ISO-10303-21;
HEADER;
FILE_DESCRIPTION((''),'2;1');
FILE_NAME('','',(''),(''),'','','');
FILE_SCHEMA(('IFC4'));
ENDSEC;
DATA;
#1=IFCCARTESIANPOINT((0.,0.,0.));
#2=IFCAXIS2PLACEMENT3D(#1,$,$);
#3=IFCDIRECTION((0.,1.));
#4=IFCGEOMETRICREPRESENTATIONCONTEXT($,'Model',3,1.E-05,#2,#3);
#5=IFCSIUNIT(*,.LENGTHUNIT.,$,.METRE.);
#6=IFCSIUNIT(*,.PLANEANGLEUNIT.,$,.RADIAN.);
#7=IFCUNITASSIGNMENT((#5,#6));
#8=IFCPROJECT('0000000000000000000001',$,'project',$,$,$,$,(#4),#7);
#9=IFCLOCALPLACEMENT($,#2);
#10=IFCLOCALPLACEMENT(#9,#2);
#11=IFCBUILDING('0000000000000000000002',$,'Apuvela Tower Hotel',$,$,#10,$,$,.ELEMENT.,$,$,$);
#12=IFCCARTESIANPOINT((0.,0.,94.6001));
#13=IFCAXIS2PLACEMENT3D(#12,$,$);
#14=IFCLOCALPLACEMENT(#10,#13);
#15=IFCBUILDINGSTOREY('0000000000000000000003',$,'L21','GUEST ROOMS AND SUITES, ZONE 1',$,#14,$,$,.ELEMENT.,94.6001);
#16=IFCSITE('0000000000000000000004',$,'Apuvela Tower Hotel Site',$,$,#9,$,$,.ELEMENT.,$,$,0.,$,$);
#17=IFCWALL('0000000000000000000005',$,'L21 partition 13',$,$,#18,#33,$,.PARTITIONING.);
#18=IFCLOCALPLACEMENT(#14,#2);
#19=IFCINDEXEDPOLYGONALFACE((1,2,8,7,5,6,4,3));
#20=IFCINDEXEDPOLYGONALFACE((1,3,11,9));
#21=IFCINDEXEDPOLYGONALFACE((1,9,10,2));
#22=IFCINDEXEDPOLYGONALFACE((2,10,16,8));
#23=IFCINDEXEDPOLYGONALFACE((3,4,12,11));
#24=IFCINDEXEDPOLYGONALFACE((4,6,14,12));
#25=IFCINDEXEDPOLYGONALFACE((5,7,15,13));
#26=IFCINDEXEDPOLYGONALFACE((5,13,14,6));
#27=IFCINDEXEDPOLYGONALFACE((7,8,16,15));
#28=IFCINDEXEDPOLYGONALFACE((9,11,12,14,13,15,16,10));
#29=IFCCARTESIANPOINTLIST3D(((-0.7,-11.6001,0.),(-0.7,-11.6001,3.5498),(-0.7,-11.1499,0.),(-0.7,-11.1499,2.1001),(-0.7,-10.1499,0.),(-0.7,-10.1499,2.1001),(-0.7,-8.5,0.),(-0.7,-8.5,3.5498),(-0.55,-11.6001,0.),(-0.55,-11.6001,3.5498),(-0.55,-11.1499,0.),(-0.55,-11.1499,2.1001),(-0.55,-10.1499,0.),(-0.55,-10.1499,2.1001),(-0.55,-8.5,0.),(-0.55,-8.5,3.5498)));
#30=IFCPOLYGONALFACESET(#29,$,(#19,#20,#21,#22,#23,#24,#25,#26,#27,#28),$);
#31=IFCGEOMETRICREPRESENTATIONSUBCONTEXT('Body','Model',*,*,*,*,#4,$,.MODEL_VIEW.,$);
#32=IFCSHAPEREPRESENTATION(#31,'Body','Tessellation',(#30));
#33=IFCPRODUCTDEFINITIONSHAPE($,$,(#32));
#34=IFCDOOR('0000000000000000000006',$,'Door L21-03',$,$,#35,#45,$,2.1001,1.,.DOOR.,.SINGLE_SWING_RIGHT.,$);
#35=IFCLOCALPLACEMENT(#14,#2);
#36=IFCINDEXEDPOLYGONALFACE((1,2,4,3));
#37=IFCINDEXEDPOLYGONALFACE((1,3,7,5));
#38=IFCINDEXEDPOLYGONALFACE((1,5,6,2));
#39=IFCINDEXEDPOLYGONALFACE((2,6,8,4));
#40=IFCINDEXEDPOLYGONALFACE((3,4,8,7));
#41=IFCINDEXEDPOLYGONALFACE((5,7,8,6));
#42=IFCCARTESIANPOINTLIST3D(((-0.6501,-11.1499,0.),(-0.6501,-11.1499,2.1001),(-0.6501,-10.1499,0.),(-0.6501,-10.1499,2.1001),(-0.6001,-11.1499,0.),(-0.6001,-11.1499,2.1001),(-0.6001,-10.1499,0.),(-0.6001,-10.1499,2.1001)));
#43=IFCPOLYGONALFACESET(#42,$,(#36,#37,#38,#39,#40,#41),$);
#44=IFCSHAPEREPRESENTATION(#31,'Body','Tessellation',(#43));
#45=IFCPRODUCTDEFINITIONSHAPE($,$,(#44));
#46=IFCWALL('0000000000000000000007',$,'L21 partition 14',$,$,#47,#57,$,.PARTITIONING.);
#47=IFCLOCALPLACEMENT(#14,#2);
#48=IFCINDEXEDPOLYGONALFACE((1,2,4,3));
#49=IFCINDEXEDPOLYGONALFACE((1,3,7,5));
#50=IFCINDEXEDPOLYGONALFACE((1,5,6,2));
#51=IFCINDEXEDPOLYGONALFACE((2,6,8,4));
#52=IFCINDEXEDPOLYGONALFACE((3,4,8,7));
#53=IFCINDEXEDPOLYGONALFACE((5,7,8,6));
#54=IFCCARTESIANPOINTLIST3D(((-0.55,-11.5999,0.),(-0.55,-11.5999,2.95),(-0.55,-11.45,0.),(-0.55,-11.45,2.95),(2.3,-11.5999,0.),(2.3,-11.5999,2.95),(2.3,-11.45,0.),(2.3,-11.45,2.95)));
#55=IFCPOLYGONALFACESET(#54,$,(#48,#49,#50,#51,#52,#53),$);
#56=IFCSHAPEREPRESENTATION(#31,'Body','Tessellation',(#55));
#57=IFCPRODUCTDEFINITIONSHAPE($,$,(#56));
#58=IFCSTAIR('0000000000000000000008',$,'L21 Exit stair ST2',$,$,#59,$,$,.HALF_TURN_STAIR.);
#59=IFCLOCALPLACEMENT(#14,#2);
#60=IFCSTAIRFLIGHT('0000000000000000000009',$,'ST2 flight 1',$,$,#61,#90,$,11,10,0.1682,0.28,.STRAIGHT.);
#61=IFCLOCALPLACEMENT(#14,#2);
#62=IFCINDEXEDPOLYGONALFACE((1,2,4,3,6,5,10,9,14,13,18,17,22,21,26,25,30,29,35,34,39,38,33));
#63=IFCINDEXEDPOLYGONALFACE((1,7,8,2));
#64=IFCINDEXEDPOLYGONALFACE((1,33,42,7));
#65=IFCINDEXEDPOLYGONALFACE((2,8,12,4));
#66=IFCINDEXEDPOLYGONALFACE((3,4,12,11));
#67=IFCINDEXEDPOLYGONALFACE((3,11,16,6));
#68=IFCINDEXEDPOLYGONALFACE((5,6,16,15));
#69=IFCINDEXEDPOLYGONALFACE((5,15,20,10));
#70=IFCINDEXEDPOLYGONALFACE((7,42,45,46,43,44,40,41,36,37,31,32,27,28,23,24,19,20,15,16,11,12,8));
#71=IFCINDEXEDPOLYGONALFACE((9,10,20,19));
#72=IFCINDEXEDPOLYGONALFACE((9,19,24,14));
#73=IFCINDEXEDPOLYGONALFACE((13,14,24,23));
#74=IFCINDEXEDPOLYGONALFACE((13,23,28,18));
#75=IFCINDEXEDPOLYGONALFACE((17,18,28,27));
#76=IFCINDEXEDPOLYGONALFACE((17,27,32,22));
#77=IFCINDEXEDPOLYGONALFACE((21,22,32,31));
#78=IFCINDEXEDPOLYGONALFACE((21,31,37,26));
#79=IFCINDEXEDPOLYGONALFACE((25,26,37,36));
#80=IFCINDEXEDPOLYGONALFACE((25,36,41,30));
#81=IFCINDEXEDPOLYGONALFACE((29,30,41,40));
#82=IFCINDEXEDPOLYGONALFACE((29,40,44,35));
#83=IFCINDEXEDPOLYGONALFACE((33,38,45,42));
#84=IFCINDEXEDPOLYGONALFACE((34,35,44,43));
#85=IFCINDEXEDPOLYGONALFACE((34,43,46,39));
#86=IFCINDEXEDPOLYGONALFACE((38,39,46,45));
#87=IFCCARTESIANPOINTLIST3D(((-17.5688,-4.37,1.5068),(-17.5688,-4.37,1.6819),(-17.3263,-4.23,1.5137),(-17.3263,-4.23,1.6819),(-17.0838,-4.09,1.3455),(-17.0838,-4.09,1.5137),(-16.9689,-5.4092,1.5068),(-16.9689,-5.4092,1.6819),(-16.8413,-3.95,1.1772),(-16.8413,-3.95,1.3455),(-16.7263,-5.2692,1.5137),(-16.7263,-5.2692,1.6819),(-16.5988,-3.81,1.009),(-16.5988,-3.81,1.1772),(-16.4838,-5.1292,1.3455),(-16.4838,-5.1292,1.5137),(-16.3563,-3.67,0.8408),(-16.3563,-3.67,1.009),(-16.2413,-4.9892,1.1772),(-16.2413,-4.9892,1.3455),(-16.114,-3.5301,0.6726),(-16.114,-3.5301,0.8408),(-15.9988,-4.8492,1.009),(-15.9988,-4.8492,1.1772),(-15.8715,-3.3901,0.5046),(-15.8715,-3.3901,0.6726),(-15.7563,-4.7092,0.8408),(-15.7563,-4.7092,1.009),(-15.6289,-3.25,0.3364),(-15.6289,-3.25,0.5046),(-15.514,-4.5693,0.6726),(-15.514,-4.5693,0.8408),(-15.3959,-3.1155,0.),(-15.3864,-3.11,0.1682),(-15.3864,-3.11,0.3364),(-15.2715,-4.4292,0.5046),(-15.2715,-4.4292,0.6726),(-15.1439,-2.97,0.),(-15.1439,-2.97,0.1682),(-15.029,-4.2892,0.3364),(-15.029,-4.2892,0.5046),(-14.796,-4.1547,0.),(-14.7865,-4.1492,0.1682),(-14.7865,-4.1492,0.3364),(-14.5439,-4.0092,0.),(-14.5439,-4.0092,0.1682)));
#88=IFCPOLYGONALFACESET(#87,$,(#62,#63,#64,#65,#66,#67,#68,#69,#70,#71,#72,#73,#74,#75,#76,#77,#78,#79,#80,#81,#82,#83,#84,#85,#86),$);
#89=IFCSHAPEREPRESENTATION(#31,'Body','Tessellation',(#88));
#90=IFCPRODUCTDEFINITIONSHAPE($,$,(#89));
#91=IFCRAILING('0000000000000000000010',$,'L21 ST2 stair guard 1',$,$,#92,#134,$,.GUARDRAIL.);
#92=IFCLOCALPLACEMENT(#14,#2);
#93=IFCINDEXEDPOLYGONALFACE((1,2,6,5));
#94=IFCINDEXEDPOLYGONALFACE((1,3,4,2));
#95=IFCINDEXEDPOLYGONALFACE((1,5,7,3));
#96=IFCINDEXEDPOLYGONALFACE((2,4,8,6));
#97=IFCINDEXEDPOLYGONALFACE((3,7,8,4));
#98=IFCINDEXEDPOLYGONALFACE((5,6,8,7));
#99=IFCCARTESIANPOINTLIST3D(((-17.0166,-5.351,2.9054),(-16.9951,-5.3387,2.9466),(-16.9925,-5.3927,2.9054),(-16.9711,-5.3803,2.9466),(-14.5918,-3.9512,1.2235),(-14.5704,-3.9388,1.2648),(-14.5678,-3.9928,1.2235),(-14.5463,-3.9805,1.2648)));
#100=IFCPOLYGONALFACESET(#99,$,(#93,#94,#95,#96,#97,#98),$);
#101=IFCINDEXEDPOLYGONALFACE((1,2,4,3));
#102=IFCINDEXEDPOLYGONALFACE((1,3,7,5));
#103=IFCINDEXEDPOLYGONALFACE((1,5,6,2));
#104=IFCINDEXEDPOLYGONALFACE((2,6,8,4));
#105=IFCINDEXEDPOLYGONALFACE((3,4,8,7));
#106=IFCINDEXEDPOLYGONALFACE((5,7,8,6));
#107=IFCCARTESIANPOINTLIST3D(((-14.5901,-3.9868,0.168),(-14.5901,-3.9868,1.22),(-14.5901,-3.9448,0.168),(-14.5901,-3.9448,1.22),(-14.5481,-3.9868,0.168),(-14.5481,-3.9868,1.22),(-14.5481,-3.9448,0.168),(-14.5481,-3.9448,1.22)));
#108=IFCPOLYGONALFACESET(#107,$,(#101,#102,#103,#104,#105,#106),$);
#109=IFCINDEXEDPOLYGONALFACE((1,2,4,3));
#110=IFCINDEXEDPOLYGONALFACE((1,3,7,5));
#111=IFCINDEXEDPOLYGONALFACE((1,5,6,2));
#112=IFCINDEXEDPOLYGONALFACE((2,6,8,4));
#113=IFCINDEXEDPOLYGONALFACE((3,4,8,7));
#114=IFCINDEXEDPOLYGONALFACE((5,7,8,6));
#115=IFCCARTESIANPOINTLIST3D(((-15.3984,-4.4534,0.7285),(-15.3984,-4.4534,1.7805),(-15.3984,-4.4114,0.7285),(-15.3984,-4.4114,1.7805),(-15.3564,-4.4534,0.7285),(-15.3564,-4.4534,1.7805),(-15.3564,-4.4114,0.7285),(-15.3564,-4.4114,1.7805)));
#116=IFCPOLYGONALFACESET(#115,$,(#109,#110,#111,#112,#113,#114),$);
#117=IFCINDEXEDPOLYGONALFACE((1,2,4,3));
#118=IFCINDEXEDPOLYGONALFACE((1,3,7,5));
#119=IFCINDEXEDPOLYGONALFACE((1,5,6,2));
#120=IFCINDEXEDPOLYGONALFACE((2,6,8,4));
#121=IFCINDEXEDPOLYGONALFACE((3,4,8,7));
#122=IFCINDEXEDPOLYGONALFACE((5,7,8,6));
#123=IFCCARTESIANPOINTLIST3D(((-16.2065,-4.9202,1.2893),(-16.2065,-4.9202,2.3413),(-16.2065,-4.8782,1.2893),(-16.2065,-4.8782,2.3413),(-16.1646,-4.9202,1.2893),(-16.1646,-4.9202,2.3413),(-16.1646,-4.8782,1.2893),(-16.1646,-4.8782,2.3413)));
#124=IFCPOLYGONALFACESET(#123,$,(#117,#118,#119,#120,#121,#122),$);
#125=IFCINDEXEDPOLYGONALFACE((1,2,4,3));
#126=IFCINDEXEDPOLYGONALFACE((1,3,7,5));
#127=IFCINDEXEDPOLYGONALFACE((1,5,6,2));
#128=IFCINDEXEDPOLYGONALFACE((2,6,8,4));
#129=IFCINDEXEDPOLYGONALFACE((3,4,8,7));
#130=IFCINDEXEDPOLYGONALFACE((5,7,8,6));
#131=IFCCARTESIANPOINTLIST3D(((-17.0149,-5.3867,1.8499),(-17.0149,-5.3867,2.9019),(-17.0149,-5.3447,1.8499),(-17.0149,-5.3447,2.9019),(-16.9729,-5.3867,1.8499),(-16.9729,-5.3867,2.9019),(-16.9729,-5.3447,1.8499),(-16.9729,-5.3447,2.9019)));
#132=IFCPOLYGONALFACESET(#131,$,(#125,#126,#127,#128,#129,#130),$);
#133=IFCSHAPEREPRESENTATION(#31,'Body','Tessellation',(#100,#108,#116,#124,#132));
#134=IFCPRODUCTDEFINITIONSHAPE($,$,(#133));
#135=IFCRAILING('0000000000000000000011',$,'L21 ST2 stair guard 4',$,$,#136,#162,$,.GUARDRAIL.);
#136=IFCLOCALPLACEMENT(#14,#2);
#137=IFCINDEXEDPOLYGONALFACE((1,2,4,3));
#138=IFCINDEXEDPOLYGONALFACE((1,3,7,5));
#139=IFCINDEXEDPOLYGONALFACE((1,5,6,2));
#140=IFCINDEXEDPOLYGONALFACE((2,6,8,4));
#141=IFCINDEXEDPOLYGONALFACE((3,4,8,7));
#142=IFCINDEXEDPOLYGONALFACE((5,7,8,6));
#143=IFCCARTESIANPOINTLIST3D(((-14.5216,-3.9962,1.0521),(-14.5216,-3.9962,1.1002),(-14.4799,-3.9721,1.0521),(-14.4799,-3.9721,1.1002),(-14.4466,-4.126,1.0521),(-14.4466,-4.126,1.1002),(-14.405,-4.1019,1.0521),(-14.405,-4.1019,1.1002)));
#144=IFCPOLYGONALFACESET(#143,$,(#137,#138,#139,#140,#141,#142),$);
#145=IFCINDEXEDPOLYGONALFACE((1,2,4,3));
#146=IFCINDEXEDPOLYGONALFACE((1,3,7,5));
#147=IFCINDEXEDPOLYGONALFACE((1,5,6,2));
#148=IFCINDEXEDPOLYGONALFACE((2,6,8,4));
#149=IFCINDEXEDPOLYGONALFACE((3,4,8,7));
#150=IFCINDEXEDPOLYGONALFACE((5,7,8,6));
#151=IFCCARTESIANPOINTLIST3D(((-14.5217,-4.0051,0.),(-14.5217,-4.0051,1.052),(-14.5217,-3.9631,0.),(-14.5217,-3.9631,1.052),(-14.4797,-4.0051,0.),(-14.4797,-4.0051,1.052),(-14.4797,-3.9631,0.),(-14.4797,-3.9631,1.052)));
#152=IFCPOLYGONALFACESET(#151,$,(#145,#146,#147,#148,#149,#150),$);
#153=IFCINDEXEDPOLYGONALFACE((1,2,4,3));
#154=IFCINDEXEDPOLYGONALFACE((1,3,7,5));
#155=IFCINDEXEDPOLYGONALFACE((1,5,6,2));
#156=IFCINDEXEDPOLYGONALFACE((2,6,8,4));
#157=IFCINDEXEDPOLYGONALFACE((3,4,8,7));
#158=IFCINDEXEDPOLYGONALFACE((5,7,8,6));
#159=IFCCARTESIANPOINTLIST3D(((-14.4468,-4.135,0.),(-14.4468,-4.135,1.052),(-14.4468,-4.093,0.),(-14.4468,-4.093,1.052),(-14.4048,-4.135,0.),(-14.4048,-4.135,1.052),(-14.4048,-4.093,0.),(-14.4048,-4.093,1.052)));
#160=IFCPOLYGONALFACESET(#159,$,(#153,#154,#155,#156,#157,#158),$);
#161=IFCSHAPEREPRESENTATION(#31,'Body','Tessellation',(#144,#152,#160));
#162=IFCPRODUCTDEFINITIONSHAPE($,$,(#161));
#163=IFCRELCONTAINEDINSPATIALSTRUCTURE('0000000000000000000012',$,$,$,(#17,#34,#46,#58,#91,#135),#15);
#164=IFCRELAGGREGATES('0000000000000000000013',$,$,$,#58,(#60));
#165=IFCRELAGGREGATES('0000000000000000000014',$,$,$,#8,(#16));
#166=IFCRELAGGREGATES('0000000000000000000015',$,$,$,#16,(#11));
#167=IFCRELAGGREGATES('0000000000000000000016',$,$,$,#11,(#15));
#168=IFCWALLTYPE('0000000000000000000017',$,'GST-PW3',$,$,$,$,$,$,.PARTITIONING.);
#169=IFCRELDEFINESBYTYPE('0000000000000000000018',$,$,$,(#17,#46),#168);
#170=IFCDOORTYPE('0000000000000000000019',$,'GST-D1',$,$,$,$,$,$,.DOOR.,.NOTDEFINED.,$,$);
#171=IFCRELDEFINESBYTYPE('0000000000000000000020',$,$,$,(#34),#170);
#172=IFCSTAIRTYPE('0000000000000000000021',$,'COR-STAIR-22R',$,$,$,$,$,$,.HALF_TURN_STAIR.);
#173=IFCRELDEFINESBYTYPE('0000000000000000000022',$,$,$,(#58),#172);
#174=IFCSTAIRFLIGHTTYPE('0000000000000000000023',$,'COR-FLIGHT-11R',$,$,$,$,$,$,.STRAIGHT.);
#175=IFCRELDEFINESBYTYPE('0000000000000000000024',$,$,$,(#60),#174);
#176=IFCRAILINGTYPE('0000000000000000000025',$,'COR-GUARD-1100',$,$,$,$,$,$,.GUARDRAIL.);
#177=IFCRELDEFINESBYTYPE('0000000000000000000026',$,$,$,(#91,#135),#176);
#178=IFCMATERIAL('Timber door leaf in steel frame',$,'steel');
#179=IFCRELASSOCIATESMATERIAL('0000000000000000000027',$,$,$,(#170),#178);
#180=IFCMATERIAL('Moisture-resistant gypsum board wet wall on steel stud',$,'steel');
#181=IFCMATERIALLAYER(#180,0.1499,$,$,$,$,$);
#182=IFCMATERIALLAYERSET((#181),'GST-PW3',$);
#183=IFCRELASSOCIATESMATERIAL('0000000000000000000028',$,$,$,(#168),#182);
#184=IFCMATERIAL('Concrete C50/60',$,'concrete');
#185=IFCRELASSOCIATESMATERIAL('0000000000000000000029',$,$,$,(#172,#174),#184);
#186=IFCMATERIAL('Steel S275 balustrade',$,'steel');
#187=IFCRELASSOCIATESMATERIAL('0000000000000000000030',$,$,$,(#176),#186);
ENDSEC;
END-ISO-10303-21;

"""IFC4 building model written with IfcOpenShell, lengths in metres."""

from ifc_helpers import new_model, si_unit, direction, frame, frame_2d, origin, origin_2d, place, context, subcontext, project, spatial, polyline, rectangle, outline, extrude, material, layer, layer_set, type_object, element, fill, aggregate, save


model = new_model("IFC4")

# Units and contexts
model_context = context("Model", 3, precision=1e-05, world=origin(), true_north=direction((0.0, 1.0)))
body_context = subcontext(model_context, "Body", "Model", "MODEL_VIEW")
ifc_project = project(units=[si_unit("LENGTHUNIT", "METRE"), si_unit("PLANEANGLEUNIT", "RADIAN")], contexts=[model_context])

# Site, building, storey
site_placement = place(None, origin())
site = spatial("IfcSite", under=ifc_project, at=site_placement, Name="Apuvela Tower Hotel Site", CompositionType="ELEMENT", RefElevation=0.0)
building_placement = place(site_placement, origin())
building = spatial("IfcBuilding", under=site, at=building_placement, Name="Apuvela Tower Hotel", CompositionType="ELEMENT")
storey_placement = place(building_placement, frame((0.0, 0.0, 94.6001)))
storey = spatial("IfcBuildingStorey", under=building, at=storey_placement, Name="L21", Description="GUEST ROOMS AND SUITES, ZONE 1", CompositionType="ELEMENT", Elevation=94.6001)

# Shared definitions
ifc_material_1 = material(Name="Concrete C50/60", Category="concrete")

# Wall, opening, door
ifc_material_2 = material(Name="Timber door leaf in steel frame", Category="steel")
door_type_1 = type_object("IfcDoorType", Name="GST-D1", OperationType="NOTDEFINED", PredefinedType="DOOR", material=ifc_material_2)
ifc_material_3 = material(Name="Moisture-resistant gypsum board wet wall on steel stud", Category="steel")
ifc_layer_1 = layer(ifc_material_3, 0.1499)
ifc_layer_set_1 = layer_set([ifc_layer_1], Name="GST-PW3")
wall_type_1 = type_object("IfcWallType", Name="GST-PW3", PredefinedType="PARTITIONING", material=ifc_layer_set_1)
wall_1_placement = place(storey_placement, frame((-0.625, -8.5, 0.0), z_axis=(0.0, 0.0, 1.0), x_axis=(0.0, -1.0, 0.0)))
wall_1 = element("IfcWall", 1, at=wall_1_placement, inside=storey, type_object=wall_type_1, Name="L21 partition 13", PredefinedType="PARTITIONING", context=body_context, shape_type="SweptSolid", body=[
    extrude(rectangle(XDim=3.1001, YDim=0.1499, at=frame_2d((1.55, 0.0))), origin(), (0.0, 0.0, 1.0), 3.5498),
])
opening_1_placement = place(wall_1_placement, frame((1.6499, 0.0, 0.0)))
opening_1 = element("IfcOpeningElement", 2, at=opening_1_placement, cuts=wall_1, PredefinedType="OPENING", context=body_context, shape_type="SweptSolid", body=[
    extrude(rectangle(XDim=1.0, YDim=2.1001, at=frame_2d((0.5, 1.05))), frame((0.0, 0.085, 0.0), z_axis=(0.0, -1.0, 0.0), x_axis=(1.0, 0.0, 0.0)), (0.0, 0.0, 1.0), 0.1699),
])
door_1_placement = place(opening_1_placement, origin())
door_1 = element("IfcDoor", 3, at=door_1_placement, inside=storey, type_object=door_type_1, Name="Door L21-03", OperationType="SINGLE_SWING_RIGHT", OverallHeight=2.1001, OverallWidth=1.0, PredefinedType="DOOR", context=body_context, shape_type="SweptSolid", body=[
    extrude(rectangle(XDim=1.0, YDim=2.1001, at=frame_2d((0.5, 1.05))), frame((0.0, 0.0249, 0.0), z_axis=(0.0, -1.0, 0.0), x_axis=(1.0, 0.0, 0.0)), (0.0, 0.0, 1.0), 0.05),
])
fill(opening_1, door_1)

# Wall
wall_2_placement = place(storey_placement, frame((-0.55, -11.5249, 0.0), z_axis=(0.0, 0.0, 1.0), x_axis=(1.0, 0.0, 0.0)))
element("IfcWall", 4, at=wall_2_placement, inside=storey, type_object=wall_type_1, Name="L21 partition 14", PredefinedType="PARTITIONING", context=body_context, shape_type="SweptSolid", body=[
    extrude(rectangle(XDim=2.8501, YDim=0.1499, at=frame_2d((1.425, 0.0))), origin(), (0.0, 0.0, 1.0), 2.95),
])

# Stair, stair flight
stair_type = type_object("IfcStairType", Name="COR-STAIR-22R", PredefinedType="HALF_TURN_STAIR", material=ifc_material_1)
stair_placement = place(storey_placement, origin())
stair = element("IfcStair", 5, at=stair_placement, inside=storey, type_object=stair_type, Name="L21 Exit stair ST2", PredefinedType="HALF_TURN_STAIR")
stair_flight_type = type_object("IfcStairFlightType", Name="COR-FLIGHT-11R", PredefinedType="STRAIGHT", material=ifc_material_1)
stair_flight_placement = place(storey_placement, frame((-14.844, -3.4895, 0.0), z_axis=(0.0, 0.0, 1.0), x_axis=(-0.866025, -0.5, 0.0)))
stair_flight = element("IfcStairFlight", 6, at=stair_flight_placement, type_object=stair_flight_type, Name="ST2 flight 1", NumberOfRisers=11, NumberOfTreads=10, PredefinedType="STRAIGHT", RiserHeight=0.1682, TreadLength=0.28, context=body_context, shape_type="SweptSolid", body=[
    extrude(outline(polyline([(0.0, 0.0), (0.0, 0.1682), (0.28, 0.1682), (0.28, 0.3364), (0.5601, 0.3364), (0.5601, 0.5046), (0.8401, 0.5046), (0.8401, 0.6726), (1.1201, 0.6726), (1.1201, 0.8408), (1.3999, 0.8408), (1.3999, 1.009), (1.6799, 1.009), (1.6799, 1.1772), (1.96, 1.1772), (1.96, 1.3455), (2.24, 1.3455), (2.24, 1.5137), (2.52, 1.5137), (2.52, 1.6819), (2.8, 1.6819), (2.8, 1.8501), (2.8, 1.5068), (0.291, 0.0), (0.0, 0.0)])), frame((0.0, 0.6001, 0.0), z_axis=(0.0, -1.0, 0.0), x_axis=(1.0, 0.0, 0.0)), (0.0, 0.0, 1.0), 1.2),
])
aggregate(stair, [stair_flight])

# Railings
ifc_material_4 = material(Name="Steel S275 balustrade", Category="steel")
railing_type = type_object("IfcRailingType", Name="COR-GUARD-1100", PredefinedType="GUARDRAIL", material=ifc_material_4)
railing_1_placement = place(storey_placement, frame((-14.5691, -3.9658, 0.168)))
element("IfcRailing", 7, at=railing_1_placement, inside=storey, type_object=railing_type, Name="L21 ST2 stair guard 1", PredefinedType="GUARDRAIL", context=body_context, shape_type="SweptSolid", body=[
    extrude(rectangle(XDim=0.0481, YDim=0.0481, at=origin_2d()), frame((0.0, 0.0, 1.0762), z_axis=(-0.74239, -0.428601, 0.514934), x_axis=(0.499984, -0.866035, 0.0)), (0.0, 0.0, 1.0), 3.2661),
    extrude(rectangle(XDim=0.042, YDim=0.042, at=origin_2d()), origin(), (0.0, 0.0, 1.0), 1.052),
    extrude(rectangle(XDim=0.042, YDim=0.042, at=origin_2d()), frame((-0.8083, -0.4666, 0.5605)), (0.0, 0.0, 1.0), 1.052),
    extrude(rectangle(XDim=0.042, YDim=0.042, at=origin_2d()), frame((-1.6165, -0.9333, 1.1213)), (0.0, 0.0, 1.0), 1.052),
    extrude(rectangle(XDim=0.042, YDim=0.042, at=origin_2d()), frame((-2.4248, -1.3999, 1.6819)), (0.0, 0.0, 1.0), 1.052),
])
railing_2_placement = place(storey_placement, frame((-14.5007, -3.9841, 0.0)))
element("IfcRailing", 8, at=railing_2_placement, inside=storey, type_object=railing_type, Name="L21 ST2 stair guard 4", PredefinedType="GUARDRAIL", context=body_context, shape_type="SweptSolid", body=[
    extrude(rectangle(XDim=0.0481, YDim=0.0481, at=origin_2d()), frame((0.0, 0.0, 1.0762), z_axis=(0.499816, -0.866131, 0.0), x_axis=(0.866131, 0.499816, 0.0)), (0.0, 0.0, 1.0), 0.1499),
    extrude(rectangle(XDim=0.042, YDim=0.042, at=origin_2d()), origin(), (0.0, 0.0, 1.0), 1.052),
    extrude(rectangle(XDim=0.042, YDim=0.042, at=origin_2d()), frame((0.075, -0.1299, 0.0)), (0.0, 0.0, 1.0), 1.052),
])

save(model, "model.ifc")
